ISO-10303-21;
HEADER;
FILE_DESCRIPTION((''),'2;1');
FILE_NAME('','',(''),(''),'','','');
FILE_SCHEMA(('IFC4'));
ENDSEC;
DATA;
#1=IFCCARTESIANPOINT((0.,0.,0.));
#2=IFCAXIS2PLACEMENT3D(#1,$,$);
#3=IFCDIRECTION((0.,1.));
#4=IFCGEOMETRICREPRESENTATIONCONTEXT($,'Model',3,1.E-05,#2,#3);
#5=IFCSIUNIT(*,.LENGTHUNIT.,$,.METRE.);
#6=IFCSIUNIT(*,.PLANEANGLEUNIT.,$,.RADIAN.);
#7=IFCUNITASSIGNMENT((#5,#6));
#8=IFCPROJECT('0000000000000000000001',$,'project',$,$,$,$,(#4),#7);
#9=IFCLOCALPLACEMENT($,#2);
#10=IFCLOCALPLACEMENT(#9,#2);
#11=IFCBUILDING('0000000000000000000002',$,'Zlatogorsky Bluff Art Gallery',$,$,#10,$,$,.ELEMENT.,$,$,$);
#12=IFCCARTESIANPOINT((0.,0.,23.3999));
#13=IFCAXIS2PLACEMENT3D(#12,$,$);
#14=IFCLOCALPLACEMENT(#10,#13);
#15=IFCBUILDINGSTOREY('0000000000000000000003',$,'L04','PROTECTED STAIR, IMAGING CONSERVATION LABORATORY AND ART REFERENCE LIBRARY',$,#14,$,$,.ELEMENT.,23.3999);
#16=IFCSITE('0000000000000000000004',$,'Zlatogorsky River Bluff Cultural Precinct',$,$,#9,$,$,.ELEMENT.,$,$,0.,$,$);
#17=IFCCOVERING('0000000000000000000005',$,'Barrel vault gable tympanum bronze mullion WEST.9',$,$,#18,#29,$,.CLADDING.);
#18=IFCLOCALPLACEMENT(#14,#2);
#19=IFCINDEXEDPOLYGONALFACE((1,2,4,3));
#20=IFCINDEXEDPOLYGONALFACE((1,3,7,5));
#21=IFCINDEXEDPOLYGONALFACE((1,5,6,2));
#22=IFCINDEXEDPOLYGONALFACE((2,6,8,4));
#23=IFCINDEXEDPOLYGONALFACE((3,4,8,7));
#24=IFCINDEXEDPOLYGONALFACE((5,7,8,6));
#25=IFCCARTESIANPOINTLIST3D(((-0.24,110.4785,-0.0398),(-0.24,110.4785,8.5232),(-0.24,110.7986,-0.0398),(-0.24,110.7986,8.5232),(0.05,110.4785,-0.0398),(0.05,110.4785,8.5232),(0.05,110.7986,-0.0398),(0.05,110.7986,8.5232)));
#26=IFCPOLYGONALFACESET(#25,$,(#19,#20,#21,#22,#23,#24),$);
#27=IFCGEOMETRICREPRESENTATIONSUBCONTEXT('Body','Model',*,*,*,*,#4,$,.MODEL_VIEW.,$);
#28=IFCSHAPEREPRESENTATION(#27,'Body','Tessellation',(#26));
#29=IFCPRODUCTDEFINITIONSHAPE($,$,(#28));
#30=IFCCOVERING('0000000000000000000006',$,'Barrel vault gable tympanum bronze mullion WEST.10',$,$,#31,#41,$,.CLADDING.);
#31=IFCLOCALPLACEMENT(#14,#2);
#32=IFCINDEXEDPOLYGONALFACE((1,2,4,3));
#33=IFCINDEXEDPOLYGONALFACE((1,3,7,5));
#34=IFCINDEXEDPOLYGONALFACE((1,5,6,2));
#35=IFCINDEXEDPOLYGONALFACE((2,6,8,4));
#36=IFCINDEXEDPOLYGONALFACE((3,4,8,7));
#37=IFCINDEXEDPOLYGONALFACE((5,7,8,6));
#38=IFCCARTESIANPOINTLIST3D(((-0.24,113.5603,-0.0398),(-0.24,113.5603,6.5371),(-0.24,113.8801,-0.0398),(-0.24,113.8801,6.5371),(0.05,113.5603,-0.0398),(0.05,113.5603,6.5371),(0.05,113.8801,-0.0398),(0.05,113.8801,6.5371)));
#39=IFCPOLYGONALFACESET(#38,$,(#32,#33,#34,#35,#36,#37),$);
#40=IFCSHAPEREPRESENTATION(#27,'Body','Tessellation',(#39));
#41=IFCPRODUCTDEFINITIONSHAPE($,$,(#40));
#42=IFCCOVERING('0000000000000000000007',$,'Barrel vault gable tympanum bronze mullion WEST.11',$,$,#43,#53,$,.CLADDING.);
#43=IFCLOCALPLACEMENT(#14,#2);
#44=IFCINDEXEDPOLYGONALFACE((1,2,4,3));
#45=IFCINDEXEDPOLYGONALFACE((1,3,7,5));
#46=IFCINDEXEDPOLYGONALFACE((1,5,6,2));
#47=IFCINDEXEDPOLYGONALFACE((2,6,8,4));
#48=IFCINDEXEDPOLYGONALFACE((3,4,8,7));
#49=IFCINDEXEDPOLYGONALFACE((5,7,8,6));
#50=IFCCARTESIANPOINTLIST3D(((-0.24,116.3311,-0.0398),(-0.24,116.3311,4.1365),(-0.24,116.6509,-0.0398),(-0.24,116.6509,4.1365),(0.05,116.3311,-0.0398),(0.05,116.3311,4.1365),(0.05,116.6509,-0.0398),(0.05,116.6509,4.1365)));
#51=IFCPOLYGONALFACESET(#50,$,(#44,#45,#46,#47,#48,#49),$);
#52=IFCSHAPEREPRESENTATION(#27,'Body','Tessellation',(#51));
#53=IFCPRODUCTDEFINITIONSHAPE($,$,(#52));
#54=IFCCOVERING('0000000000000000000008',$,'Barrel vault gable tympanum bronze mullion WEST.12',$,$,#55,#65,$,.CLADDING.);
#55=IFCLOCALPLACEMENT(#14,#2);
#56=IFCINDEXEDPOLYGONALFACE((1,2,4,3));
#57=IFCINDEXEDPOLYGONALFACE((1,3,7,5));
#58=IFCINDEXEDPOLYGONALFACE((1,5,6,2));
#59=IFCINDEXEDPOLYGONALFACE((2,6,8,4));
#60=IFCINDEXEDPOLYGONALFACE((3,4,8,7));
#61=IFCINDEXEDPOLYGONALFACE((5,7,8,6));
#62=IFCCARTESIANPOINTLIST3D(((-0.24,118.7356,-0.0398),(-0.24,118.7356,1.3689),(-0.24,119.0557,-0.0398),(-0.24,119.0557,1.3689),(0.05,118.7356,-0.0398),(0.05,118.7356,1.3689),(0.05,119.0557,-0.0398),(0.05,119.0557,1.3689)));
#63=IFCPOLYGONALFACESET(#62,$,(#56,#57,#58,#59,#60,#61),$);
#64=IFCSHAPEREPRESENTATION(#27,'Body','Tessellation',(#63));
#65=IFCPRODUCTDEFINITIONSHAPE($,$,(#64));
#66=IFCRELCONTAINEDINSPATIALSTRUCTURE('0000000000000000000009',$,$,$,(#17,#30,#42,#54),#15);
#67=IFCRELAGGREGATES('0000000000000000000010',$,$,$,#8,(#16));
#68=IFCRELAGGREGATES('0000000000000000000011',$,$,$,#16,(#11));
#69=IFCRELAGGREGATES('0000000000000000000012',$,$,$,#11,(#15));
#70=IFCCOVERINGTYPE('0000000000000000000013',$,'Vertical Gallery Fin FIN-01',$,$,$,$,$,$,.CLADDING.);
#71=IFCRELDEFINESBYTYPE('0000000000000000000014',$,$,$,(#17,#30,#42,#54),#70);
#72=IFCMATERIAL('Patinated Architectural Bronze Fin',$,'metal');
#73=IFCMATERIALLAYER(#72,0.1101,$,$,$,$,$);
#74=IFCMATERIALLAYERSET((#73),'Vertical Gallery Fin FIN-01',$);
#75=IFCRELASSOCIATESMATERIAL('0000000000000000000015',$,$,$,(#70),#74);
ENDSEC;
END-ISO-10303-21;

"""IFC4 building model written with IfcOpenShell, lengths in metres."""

from ifc_helpers import new_model, si_unit, direction, frame, origin, place, context, subcontext, project, spatial, polyline, outline, extrude, material, layer, layer_set, type_object, element, save


model = new_model("IFC4")

# Units and contexts
model_context = context("Model", 3, precision=1e-05, world=origin(), true_north=direction((0.0, 1.0)))
body_context = subcontext(model_context, "Body", "Model", "MODEL_VIEW")
ifc_project = project(units=[si_unit("LENGTHUNIT", "METRE"), si_unit("PLANEANGLEUNIT", "RADIAN")], contexts=[model_context])

# Site, building, storey
site_placement = place(None, origin())
site = spatial("IfcSite", under=ifc_project, at=site_placement, Name="Zlatogorsky River Bluff Cultural Precinct", CompositionType="ELEMENT", RefElevation=0.0)
building_placement = place(site_placement, origin())
building = spatial("IfcBuilding", under=site, at=building_placement, Name="Zlatogorsky Bluff Art Gallery", CompositionType="ELEMENT")
storey_placement = place(building_placement, frame((0.0, 0.0, 23.3999)))
storey = spatial("IfcBuildingStorey", under=building, at=storey_placement, Name="L04", Description="PROTECTED STAIR, IMAGING CONSERVATION LABORATORY AND ART REFERENCE LIBRARY", CompositionType="ELEMENT", Elevation=23.3999)

# Coverings
ifc_material_1 = material(Name="Patinated Architectural Bronze Fin", Category="metal")
ifc_layer_1 = layer(ifc_material_1, 0.1101)
ifc_layer_set_1 = layer_set([ifc_layer_1], Name="Vertical Gallery Fin FIN-01")
covering_type_1 = type_object("IfcCoveringType", Name="Vertical Gallery Fin FIN-01", PredefinedType="CLADDING", material=ifc_layer_set_1)
covering_1_placement = place(storey_placement, frame((0.0, 0.0, -0.0398)))
element("IfcCovering", 1, at=covering_1_placement, inside=storey, type_object=covering_type_1, Name="Barrel vault gable tympanum bronze mullion WEST.9", PredefinedType="CLADDING", context=body_context, shape_type="SweptSolid", body=[
    extrude(outline(polyline([(-0.24, 110.4785), (0.05, 110.4785), (0.05, 110.7986), (-0.24, 110.7986), (-0.24, 110.4785)])), origin(), (0.0, 0.0, 1.0), 8.563),
])
covering_2_placement = place(storey_placement, frame((0.0, 0.0, -0.0398)))
element("IfcCovering", 2, at=covering_2_placement, inside=storey, type_object=covering_type_1, Name="Barrel vault gable tympanum bronze mullion WEST.10", PredefinedType="CLADDING", context=body_context, shape_type="SweptSolid", body=[
    extrude(outline(polyline([(-0.24, 113.5603), (0.05, 113.5603), (0.05, 113.8801), (-0.24, 113.8801), (-0.24, 113.5603)])), origin(), (0.0, 0.0, 1.0), 6.5769),
])
covering_3_placement = place(storey_placement, frame((0.0, 0.0, -0.0398)))
element("IfcCovering", 3, at=covering_3_placement, inside=storey, type_object=covering_type_1, Name="Barrel vault gable tympanum bronze mullion WEST.11", PredefinedType="CLADDING", context=body_context, shape_type="SweptSolid", body=[
    extrude(outline(polyline([(-0.24, 116.3311), (0.05, 116.3311), (0.05, 116.6509), (-0.24, 116.6509), (-0.24, 116.3311)])), origin(), (0.0, 0.0, 1.0), 4.1763),
])
covering_4_placement = place(storey_placement, frame((0.0, 0.0, -0.0398)))
element("IfcCovering", 4, at=covering_4_placement, inside=storey, type_object=covering_type_1, Name="Barrel vault gable tympanum bronze mullion WEST.12", PredefinedType="CLADDING", context=body_context, shape_type="SweptSolid", body=[
    extrude(outline(polyline([(-0.24, 118.7356), (0.05, 118.7356), (0.05, 119.0557), (-0.24, 119.0557), (-0.24, 118.7356)])), origin(), (0.0, 0.0, 1.0), 1.4087),
])

save(model, "model.ifc")
